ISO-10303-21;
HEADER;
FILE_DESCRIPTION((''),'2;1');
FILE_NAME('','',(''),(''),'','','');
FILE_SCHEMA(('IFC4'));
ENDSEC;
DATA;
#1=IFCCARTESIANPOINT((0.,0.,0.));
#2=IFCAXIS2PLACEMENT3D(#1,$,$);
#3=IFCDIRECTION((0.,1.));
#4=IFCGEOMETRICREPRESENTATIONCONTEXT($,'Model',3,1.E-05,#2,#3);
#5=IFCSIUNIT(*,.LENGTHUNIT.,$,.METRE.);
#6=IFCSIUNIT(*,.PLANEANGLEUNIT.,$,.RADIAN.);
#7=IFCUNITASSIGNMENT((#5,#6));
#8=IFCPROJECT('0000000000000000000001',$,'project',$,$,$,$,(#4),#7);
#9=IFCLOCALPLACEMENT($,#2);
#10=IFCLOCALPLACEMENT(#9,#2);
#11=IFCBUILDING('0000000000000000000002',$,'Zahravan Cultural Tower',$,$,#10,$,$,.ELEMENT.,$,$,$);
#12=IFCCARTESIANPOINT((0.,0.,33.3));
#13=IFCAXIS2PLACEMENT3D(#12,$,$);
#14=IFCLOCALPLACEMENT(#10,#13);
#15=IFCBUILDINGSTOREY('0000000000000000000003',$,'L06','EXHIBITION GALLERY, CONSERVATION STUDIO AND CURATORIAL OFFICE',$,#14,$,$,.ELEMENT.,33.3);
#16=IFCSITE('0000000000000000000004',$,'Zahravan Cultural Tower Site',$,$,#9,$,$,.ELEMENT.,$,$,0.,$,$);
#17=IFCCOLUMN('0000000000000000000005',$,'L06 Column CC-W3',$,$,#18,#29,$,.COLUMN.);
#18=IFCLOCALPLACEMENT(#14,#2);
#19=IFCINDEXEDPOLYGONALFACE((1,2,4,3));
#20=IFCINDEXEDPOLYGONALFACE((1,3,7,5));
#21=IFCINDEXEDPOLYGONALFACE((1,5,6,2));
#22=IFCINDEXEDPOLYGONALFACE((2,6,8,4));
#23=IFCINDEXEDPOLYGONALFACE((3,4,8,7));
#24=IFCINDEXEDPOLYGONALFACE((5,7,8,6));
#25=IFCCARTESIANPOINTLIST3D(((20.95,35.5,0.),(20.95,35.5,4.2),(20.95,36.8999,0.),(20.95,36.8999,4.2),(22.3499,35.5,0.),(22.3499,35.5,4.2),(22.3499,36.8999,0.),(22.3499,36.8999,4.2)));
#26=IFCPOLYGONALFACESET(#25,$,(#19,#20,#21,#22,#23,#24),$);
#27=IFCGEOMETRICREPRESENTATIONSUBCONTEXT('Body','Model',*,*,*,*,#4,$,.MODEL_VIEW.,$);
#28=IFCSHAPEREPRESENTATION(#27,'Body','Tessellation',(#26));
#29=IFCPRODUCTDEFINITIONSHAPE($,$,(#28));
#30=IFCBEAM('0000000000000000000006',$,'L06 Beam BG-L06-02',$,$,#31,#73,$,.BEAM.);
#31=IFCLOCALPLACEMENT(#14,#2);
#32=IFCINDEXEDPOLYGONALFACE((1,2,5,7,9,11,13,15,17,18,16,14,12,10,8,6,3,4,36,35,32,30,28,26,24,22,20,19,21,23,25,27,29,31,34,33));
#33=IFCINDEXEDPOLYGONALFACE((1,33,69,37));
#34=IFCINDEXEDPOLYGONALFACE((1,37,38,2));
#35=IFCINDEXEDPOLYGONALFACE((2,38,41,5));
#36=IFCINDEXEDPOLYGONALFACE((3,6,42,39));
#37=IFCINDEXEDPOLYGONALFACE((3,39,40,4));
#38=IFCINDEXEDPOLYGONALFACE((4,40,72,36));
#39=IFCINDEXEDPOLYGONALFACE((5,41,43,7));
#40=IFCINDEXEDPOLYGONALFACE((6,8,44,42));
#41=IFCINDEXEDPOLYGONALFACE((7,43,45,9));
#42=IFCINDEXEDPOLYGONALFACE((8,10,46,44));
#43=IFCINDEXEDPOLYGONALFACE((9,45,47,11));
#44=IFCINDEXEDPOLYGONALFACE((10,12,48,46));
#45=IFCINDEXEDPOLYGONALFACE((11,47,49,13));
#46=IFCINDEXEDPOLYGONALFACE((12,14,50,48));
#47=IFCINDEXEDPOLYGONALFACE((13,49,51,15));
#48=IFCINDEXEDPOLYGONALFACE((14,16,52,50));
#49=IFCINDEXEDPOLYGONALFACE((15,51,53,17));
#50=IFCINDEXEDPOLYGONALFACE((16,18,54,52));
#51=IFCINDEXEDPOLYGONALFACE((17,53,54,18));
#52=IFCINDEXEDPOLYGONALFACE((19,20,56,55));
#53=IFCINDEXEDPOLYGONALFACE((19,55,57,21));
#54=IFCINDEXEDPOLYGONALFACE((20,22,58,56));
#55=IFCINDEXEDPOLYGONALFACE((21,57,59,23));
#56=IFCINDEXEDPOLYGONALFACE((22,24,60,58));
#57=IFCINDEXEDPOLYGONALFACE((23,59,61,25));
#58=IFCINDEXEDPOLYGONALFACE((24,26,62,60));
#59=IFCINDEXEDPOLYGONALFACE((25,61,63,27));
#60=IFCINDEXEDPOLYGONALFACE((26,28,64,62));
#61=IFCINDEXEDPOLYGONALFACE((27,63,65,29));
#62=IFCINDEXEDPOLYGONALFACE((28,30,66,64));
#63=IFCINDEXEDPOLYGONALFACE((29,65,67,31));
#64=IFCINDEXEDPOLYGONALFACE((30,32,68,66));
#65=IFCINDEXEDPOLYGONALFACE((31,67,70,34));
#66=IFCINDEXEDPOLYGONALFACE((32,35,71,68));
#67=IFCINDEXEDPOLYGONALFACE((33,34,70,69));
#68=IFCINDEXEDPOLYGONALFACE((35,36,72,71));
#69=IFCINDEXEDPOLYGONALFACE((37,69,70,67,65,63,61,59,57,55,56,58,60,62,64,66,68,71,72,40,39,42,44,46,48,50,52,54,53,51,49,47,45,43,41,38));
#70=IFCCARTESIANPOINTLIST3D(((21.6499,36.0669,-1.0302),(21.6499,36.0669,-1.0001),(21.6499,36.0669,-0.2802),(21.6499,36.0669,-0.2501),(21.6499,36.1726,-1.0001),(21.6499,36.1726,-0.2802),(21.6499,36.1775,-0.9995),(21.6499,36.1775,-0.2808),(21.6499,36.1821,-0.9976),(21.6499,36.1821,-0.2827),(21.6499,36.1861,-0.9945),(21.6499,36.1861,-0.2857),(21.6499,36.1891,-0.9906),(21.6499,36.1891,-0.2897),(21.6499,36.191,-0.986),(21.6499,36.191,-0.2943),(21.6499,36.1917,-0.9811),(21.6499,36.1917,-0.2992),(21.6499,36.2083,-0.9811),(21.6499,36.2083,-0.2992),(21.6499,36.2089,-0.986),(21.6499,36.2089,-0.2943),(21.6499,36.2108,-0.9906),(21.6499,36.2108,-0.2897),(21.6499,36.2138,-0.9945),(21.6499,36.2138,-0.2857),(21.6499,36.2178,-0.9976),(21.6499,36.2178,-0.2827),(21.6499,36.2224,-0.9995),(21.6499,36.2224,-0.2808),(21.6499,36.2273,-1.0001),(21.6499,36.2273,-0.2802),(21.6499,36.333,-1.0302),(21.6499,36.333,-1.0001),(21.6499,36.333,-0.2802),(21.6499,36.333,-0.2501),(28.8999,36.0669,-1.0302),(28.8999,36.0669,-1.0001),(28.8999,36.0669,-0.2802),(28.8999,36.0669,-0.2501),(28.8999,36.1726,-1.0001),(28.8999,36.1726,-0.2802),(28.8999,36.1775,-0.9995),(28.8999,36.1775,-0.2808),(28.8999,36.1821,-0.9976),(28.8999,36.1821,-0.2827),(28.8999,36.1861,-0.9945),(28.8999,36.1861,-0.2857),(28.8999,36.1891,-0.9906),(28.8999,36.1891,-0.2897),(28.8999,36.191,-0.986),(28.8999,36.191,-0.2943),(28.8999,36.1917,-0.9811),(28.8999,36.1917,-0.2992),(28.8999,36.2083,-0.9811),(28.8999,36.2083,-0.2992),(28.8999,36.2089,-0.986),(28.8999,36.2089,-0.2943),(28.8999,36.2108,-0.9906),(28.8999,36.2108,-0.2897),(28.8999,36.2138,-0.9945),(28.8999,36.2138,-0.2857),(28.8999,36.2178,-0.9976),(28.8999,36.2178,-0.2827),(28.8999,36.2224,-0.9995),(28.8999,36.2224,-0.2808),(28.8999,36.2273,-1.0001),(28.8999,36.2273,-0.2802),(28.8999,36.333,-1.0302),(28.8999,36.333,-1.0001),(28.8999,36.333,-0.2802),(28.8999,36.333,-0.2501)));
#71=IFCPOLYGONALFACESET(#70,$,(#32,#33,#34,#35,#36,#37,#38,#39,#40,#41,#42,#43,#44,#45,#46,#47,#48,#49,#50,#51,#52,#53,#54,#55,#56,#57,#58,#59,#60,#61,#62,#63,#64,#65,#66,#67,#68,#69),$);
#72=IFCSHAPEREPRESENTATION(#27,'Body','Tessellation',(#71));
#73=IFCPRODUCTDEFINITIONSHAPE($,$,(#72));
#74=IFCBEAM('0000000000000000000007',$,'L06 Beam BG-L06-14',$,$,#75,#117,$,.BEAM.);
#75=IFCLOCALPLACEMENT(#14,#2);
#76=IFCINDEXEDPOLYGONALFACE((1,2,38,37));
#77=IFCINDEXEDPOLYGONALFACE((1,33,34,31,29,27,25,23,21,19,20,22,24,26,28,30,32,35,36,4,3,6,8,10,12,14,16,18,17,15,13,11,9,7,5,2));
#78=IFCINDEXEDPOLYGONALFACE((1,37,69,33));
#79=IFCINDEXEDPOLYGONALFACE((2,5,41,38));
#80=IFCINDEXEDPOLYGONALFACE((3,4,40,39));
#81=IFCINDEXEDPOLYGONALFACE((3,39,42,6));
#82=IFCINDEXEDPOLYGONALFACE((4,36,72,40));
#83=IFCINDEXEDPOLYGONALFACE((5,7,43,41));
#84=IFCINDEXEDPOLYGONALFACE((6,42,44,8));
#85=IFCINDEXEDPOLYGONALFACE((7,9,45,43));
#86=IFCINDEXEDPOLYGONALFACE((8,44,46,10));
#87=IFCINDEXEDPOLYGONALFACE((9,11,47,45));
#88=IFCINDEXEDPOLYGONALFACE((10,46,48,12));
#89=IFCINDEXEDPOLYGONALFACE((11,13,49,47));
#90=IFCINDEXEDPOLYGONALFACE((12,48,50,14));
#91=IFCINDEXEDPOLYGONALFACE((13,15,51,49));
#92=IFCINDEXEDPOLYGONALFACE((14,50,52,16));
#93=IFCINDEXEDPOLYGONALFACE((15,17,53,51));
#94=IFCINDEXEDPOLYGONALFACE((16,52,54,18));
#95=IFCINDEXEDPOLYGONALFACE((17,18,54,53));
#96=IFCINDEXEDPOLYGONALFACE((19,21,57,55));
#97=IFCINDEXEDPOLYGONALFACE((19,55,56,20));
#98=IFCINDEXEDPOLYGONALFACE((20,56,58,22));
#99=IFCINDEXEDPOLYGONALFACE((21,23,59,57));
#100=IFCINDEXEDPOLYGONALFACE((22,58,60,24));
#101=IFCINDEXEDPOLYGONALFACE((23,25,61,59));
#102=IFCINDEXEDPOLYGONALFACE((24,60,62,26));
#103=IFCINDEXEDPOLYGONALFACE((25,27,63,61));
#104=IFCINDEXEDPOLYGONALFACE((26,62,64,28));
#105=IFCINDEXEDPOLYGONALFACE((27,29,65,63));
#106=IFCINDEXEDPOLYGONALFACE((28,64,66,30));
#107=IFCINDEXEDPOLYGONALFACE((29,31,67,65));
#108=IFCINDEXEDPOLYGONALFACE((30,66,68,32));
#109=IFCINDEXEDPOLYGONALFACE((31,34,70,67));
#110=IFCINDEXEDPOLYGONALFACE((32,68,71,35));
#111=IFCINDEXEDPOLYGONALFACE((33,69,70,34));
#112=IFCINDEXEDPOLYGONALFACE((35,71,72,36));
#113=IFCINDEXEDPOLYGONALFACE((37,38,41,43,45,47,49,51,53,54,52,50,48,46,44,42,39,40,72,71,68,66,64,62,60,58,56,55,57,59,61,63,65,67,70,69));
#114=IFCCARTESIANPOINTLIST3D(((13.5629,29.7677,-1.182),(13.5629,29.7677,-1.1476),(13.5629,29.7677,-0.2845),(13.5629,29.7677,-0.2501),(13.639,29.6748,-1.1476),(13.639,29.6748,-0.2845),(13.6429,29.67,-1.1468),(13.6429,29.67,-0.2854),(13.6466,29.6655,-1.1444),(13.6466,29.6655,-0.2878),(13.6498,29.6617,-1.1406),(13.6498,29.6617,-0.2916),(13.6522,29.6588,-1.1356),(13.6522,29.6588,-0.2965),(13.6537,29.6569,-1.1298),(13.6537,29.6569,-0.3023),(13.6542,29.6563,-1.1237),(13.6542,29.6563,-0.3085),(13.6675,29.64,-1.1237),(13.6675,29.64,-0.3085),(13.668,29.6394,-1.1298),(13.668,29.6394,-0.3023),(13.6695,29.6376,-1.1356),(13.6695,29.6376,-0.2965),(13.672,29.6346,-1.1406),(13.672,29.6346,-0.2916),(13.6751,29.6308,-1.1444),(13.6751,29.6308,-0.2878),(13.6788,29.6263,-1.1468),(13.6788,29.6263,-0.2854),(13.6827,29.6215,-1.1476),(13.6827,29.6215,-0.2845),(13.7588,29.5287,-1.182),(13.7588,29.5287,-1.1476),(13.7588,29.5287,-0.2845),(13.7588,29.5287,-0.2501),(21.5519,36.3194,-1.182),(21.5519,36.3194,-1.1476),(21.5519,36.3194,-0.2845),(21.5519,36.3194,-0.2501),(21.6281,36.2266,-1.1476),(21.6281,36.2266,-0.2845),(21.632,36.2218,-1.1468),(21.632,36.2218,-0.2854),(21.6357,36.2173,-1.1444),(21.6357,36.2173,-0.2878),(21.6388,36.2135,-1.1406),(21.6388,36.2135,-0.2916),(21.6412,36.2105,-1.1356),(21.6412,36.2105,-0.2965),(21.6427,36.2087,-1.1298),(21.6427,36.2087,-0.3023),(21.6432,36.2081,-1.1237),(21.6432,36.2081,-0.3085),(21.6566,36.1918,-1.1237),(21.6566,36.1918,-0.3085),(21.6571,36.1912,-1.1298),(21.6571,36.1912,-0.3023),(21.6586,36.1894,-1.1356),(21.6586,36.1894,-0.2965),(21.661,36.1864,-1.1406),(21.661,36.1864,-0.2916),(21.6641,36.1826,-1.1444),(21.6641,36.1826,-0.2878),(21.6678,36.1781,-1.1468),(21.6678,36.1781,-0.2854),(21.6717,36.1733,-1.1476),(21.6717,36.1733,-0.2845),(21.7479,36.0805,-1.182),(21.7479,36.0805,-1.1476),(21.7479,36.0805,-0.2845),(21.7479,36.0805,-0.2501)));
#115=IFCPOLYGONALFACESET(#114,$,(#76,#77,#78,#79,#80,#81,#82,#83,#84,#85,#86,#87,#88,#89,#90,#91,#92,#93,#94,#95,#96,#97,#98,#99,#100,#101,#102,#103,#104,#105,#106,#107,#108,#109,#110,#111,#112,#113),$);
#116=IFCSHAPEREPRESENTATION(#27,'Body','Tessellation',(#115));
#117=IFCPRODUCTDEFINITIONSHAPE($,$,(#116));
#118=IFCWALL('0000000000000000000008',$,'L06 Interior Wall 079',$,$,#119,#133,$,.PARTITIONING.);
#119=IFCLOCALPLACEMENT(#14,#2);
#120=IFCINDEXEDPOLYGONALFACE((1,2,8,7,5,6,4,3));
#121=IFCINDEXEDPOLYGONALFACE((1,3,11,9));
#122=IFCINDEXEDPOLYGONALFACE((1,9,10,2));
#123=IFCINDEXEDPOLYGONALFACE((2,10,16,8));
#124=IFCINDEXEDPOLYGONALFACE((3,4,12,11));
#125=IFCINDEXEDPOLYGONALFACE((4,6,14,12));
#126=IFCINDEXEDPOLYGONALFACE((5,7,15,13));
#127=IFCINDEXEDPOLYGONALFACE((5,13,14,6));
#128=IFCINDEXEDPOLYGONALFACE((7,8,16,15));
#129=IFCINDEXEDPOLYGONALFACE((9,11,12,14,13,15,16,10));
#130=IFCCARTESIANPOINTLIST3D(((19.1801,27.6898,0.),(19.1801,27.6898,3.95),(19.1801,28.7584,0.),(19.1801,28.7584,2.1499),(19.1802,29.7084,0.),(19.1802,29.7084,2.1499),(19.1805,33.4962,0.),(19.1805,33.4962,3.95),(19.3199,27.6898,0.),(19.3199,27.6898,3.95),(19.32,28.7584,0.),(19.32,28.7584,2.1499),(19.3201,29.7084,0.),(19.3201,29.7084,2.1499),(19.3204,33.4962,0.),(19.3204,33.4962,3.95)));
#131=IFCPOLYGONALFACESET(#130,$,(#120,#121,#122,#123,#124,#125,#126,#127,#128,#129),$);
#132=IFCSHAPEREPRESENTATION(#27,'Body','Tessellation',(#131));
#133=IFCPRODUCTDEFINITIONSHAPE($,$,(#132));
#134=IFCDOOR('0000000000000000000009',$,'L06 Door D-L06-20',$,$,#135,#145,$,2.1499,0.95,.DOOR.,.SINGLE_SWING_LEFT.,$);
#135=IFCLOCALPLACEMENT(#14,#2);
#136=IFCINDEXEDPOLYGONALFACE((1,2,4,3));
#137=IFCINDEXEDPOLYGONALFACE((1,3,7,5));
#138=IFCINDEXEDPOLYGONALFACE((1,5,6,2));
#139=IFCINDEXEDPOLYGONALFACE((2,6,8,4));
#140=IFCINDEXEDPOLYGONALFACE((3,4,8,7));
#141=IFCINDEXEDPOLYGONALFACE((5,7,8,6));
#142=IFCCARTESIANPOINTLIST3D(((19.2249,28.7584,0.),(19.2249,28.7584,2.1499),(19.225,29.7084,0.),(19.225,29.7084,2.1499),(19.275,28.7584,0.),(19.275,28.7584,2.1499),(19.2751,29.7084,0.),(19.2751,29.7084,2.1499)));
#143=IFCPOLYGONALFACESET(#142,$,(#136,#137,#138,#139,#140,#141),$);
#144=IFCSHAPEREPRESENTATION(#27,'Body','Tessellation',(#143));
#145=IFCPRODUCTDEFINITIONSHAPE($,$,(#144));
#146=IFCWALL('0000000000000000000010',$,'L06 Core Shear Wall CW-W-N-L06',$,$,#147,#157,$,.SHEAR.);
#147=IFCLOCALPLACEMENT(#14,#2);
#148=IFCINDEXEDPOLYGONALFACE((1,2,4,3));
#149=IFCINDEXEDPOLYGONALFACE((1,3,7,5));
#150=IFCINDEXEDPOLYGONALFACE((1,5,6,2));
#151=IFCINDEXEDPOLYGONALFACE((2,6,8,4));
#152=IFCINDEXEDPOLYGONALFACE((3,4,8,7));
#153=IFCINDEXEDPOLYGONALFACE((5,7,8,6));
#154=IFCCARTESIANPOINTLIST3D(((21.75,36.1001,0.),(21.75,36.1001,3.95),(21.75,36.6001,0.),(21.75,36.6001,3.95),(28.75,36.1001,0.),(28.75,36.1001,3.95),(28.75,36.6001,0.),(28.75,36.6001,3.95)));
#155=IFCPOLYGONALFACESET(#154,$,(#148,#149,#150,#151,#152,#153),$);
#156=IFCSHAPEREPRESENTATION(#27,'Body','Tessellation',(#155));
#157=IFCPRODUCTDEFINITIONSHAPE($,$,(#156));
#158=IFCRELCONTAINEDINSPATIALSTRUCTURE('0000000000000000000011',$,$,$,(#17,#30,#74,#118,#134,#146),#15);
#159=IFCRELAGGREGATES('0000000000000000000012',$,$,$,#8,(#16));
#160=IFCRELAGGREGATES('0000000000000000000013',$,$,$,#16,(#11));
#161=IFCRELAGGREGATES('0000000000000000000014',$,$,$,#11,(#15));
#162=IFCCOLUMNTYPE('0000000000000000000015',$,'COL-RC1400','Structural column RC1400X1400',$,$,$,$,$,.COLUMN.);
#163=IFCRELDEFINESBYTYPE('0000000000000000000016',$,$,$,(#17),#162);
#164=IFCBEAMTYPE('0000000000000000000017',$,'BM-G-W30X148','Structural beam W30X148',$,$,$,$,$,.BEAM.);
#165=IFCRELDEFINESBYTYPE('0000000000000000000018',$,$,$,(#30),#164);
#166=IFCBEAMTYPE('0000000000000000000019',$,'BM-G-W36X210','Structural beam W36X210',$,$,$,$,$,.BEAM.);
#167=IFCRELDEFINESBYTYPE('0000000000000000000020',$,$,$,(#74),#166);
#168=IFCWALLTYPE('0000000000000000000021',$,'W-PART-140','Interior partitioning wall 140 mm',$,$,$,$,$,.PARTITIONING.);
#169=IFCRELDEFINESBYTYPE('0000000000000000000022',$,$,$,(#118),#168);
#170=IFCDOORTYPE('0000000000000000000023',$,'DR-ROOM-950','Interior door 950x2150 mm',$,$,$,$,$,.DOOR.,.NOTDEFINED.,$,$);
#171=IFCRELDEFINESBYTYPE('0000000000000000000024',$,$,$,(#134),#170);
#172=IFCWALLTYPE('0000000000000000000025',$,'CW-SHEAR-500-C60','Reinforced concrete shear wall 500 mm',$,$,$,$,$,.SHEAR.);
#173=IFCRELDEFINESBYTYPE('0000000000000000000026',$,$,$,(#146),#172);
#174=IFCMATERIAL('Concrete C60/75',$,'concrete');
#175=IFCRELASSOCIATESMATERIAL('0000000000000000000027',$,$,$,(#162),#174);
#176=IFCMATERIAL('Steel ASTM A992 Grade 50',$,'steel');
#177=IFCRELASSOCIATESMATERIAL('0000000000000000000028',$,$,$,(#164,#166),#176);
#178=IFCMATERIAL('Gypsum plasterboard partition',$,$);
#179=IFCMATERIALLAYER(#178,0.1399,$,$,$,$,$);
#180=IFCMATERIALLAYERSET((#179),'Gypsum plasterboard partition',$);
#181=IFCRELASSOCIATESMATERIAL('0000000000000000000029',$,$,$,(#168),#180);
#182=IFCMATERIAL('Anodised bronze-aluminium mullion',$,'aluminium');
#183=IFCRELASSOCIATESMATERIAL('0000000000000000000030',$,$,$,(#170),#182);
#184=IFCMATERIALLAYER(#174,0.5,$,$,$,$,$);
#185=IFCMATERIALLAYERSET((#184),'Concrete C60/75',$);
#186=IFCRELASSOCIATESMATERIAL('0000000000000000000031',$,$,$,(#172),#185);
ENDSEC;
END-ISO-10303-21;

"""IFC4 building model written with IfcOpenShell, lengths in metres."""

from ifc_helpers import new_model, si_unit, direction, frame, frame_2d, origin, origin_2d, place, context, subcontext, project, spatial, rectangle, i_section, extrude, source, transform, mapped, material, layer, layer_set, material_profile, profile_set, type_object, element, fill, save


model = new_model("IFC4")

# Units and contexts
model_context = context("Model", 3, precision=1e-05, world=origin(), true_north=direction((0.0, 1.0)))
body_context = subcontext(model_context, "Body", "Model", "MODEL_VIEW")
ifc_project = project(units=[si_unit("LENGTHUNIT", "METRE"), si_unit("PLANEANGLEUNIT", "RADIAN")], contexts=[model_context])

# Site, building, storey
site_placement = place(None, origin())
site = spatial("IfcSite", under=ifc_project, at=site_placement, Name="Zahravan Cultural Tower Site", CompositionType="ELEMENT", RefElevation=0.0)
building_placement = place(site_placement, origin())
building = spatial("IfcBuilding", under=site, at=building_placement, Name="Zahravan Cultural Tower", CompositionType="ELEMENT")
storey_placement = place(building_placement, frame((0.0, 0.0, 33.3)))
storey = spatial("IfcBuildingStorey", under=building, at=storey_placement, Name="L06", Description="EXHIBITION GALLERY, CONSERVATION STUDIO AND CURATORIAL OFFICE", CompositionType="ELEMENT", Elevation=33.3)

# Column
ifc_material_1 = material(Name="Concrete C60/75", Category="concrete")
ifc_material_profile_1 = material_profile(ifc_material_1, rectangle(XDim=1.3999, YDim=1.3999, at=origin_2d()), Name="RC1400X1400")
ifc_profile_set_1 = profile_set([ifc_material_profile_1], Name="Concrete C60/75")
column_type = type_object("IfcColumnType", Name="COL-RC1400", Description="Structural column RC1400X1400", PredefinedType="COLUMN", material=ifc_profile_set_1)
shared_shape_1 = source(origin(), body_context, "Body", "SweptSolid", [
    extrude(rectangle(XDim=1.3999, YDim=1.3999, at=origin_2d()), origin(), (0.0, 0.0, 1.0), 4.2),
])
column_placement = place(storey_placement, frame((21.6499, 36.2, 0.0), z_axis=(0.0, 0.0, 1.0), x_axis=(1.0, 0.0, 0.0)))
element("IfcColumn", 1, at=column_placement, inside=storey, type_object=column_type, Name="L06 Column CC-W3", PredefinedType="COLUMN", context=body_context, shape_type="MappedRepresentation", body=[
    mapped(shared_shape_1, transform((0.0, 0.0, 0.0), x_axis=(1.0, 0.0, 0.0), y_axis=(0.0, 1.0, 0.0), z_axis=(0.0, 0.0, 1.0), scale=1.0)),
])

# Beams
ifc_material_2 = material(Name="Steel ASTM A992 Grade 50", Category="steel")
ifc_material_profile_2 = material_profile(ifc_material_2, i_section(OverallWidth=0.2661, OverallDepth=0.78, WebThickness=0.0166, FlangeThickness=0.03, FilletRadius=0.019, at=origin_2d()), Name="W30X148")
ifc_profile_set_2 = profile_set([ifc_material_profile_2], Name="Steel ASTM A992 Grade 50")
beam_type_1 = type_object("IfcBeamType", Name="BM-G-W30X148", Description="Structural beam W30X148", PredefinedType="BEAM", material=ifc_profile_set_2)
shared_shape_2 = source(origin(), body_context, "Body", "SweptSolid", [
    extrude(i_section(OverallWidth=0.2661, OverallDepth=0.78, WebThickness=0.0166, FlangeThickness=0.03, FilletRadius=0.019, at=origin_2d()), origin(), (0.0, 0.0, 1.0), 7.25),
])
beam_1_placement = place(storey_placement, frame((21.6499, 36.2, -0.6401), z_axis=(1.0, 0.0, 0.0), x_axis=(0.0, 1.0, 0.0)))
element("IfcBeam", 2, at=beam_1_placement, inside=storey, type_object=beam_type_1, Name="L06 Beam BG-L06-02", PredefinedType="BEAM", context=body_context, shape_type="MappedRepresentation", body=[
    mapped(shared_shape_2, transform((0.0, 0.0, 0.0), x_axis=(1.0, 0.0, 0.0), y_axis=(0.0, 1.0, 0.0), z_axis=(0.0, 0.0, 1.0), scale=1.0)),
])
ifc_material_profile_3 = material_profile(ifc_material_2, i_section(OverallWidth=0.3091, OverallDepth=0.9319, WebThickness=0.021, FlangeThickness=0.0344, FilletRadius=0.0239, at=origin_2d()), Name="W36X210")
ifc_profile_set_3 = profile_set([ifc_material_profile_3], Name="Steel ASTM A992 Grade 50")
beam_type_2 = type_object("IfcBeamType", Name="BM-G-W36X210", Description="Structural beam W36X210", PredefinedType="BEAM", material=ifc_profile_set_3)
shared_shape_3 = source(origin(), body_context, "Body", "SweptSolid", [
    extrude(i_section(OverallWidth=0.3091, OverallDepth=0.9319, WebThickness=0.021, FlangeThickness=0.0344, FilletRadius=0.0239, at=origin_2d()), origin(), (0.0, 0.0, 1.0), 10.332),
])
beam_2_placement = place(storey_placement, frame((21.6499, 36.2, -0.7161), z_axis=(-0.773231, -0.634124, 0.0), x_axis=(0.634124, -0.773231, 0.0)))
element("IfcBeam", 3, at=beam_2_placement, inside=storey, type_object=beam_type_2, Name="L06 Beam BG-L06-14", PredefinedType="BEAM", context=body_context, shape_type="MappedRepresentation", body=[
    mapped(shared_shape_3, transform((0.0, 0.0, 0.0), x_axis=(1.0, 0.0, 0.0), y_axis=(0.0, 1.0, 0.0), z_axis=(0.0, 0.0, 1.0), scale=1.0)),
])

# Wall, opening, door
ifc_material_3 = material(Name="Anodised bronze-aluminium mullion", Category="aluminium")
ifc_material_4 = material(Name="Gypsum plasterboard partition")
ifc_layer_1 = layer(ifc_material_4, 0.1399)
ifc_layer_set_1 = layer_set([ifc_layer_1], Name="Gypsum plasterboard partition")
wall_type_1 = type_object("IfcWallType", Name="W-PART-140", Description="Interior partitioning wall 140 mm", PredefinedType="PARTITIONING", material=ifc_layer_set_1)
wall_1_placement = place(storey_placement, frame((19.2505, 33.4963, 0.0), z_axis=(0.0, 0.0, 1.0), x_axis=(-0.000084, -1.0, 0.0)))
wall_1 = element("IfcWall", 4, at=wall_1_placement, inside=storey, type_object=wall_type_1, Name="L06 Interior Wall 079", PredefinedType="PARTITIONING", context=body_context, shape_type="SweptSolid", body=[
    extrude(rectangle(XDim=5.8064, YDim=0.1399, at=frame_2d((2.9033, 0.0))), origin(), (0.0, 0.0, 1.0), 3.95),
])
opening_1_placement = place(wall_1_placement, frame((3.7878, 0.0, 0.0)))
opening_1 = element("IfcOpeningElement", 5, at=opening_1_placement, cuts=wall_1, PredefinedType="OPENING", context=body_context, shape_type="SweptSolid", body=[
    extrude(rectangle(XDim=0.95, YDim=2.1499, at=frame_2d((0.4751, 1.075))), frame((0.0, 0.0798, 0.0), z_axis=(0.0, -1.0, 0.0), x_axis=(1.0, 0.0, 0.0)), (0.0, 0.0, 1.0), 0.1599),
])
door_type_1 = type_object("IfcDoorType", Name="DR-ROOM-950", Description="Interior door 950x2150 mm", OperationType="NOTDEFINED", PredefinedType="DOOR", material=ifc_material_3)
shared_shape_4 = source(origin(), body_context, "Body", "SweptSolid", [
    extrude(rectangle(XDim=0.95, YDim=2.1499, at=frame_2d((0.4751, 1.075))), frame((0.0, 0.0249, 0.0), z_axis=(0.0, -1.0, 0.0), x_axis=(1.0, 0.0, 0.0)), (0.0, 0.0, 1.0), 0.05),
])
door_1_placement = place(opening_1_placement, origin())
door_1 = element("IfcDoor", 6, at=door_1_placement, inside=storey, type_object=door_type_1, Name="L06 Door D-L06-20", OperationType="SINGLE_SWING_LEFT", OverallHeight=2.1499, OverallWidth=0.95, PredefinedType="DOOR", context=body_context, shape_type="MappedRepresentation", body=[
    mapped(shared_shape_4, transform((0.0, 0.0, 0.0), x_axis=(1.0, 0.0, 0.0), y_axis=(0.0, 1.0, 0.0), z_axis=(0.0, 0.0, 1.0), scale=1.0)),
])
fill(opening_1, door_1)

# Wall
ifc_layer_2 = layer(ifc_material_1, 0.5)
ifc_layer_set_2 = layer_set([ifc_layer_2], Name="Concrete C60/75")
wall_type_2 = type_object("IfcWallType", Name="CW-SHEAR-500-C60", Description="Reinforced concrete shear wall 500 mm", PredefinedType="SHEAR", material=ifc_layer_set_2)
shared_shape_5 = source(origin(), body_context, "Body", "SweptSolid", [
    extrude(rectangle(XDim=7.0, YDim=0.5, at=frame_2d((3.5, 0.0))), origin(), (0.0, 0.0, 1.0), 3.95),
])
wall_2_placement = place(storey_placement, frame((21.75, 36.3501, 0.0), z_axis=(0.0, 0.0, 1.0), x_axis=(1.0, 0.0, 0.0)))
element("IfcWall", 7, at=wall_2_placement, inside=storey, type_object=wall_type_2, Name="L06 Core Shear Wall CW-W-N-L06", PredefinedType="SHEAR", context=body_context, shape_type="MappedRepresentation", body=[
    mapped(shared_shape_5, transform((0.0, 0.0, 0.0), x_axis=(1.0, 0.0, 0.0), y_axis=(0.0, 1.0, 0.0), z_axis=(0.0, 0.0, 1.0), scale=1.0)),
])

save(model, "model.ifc")
